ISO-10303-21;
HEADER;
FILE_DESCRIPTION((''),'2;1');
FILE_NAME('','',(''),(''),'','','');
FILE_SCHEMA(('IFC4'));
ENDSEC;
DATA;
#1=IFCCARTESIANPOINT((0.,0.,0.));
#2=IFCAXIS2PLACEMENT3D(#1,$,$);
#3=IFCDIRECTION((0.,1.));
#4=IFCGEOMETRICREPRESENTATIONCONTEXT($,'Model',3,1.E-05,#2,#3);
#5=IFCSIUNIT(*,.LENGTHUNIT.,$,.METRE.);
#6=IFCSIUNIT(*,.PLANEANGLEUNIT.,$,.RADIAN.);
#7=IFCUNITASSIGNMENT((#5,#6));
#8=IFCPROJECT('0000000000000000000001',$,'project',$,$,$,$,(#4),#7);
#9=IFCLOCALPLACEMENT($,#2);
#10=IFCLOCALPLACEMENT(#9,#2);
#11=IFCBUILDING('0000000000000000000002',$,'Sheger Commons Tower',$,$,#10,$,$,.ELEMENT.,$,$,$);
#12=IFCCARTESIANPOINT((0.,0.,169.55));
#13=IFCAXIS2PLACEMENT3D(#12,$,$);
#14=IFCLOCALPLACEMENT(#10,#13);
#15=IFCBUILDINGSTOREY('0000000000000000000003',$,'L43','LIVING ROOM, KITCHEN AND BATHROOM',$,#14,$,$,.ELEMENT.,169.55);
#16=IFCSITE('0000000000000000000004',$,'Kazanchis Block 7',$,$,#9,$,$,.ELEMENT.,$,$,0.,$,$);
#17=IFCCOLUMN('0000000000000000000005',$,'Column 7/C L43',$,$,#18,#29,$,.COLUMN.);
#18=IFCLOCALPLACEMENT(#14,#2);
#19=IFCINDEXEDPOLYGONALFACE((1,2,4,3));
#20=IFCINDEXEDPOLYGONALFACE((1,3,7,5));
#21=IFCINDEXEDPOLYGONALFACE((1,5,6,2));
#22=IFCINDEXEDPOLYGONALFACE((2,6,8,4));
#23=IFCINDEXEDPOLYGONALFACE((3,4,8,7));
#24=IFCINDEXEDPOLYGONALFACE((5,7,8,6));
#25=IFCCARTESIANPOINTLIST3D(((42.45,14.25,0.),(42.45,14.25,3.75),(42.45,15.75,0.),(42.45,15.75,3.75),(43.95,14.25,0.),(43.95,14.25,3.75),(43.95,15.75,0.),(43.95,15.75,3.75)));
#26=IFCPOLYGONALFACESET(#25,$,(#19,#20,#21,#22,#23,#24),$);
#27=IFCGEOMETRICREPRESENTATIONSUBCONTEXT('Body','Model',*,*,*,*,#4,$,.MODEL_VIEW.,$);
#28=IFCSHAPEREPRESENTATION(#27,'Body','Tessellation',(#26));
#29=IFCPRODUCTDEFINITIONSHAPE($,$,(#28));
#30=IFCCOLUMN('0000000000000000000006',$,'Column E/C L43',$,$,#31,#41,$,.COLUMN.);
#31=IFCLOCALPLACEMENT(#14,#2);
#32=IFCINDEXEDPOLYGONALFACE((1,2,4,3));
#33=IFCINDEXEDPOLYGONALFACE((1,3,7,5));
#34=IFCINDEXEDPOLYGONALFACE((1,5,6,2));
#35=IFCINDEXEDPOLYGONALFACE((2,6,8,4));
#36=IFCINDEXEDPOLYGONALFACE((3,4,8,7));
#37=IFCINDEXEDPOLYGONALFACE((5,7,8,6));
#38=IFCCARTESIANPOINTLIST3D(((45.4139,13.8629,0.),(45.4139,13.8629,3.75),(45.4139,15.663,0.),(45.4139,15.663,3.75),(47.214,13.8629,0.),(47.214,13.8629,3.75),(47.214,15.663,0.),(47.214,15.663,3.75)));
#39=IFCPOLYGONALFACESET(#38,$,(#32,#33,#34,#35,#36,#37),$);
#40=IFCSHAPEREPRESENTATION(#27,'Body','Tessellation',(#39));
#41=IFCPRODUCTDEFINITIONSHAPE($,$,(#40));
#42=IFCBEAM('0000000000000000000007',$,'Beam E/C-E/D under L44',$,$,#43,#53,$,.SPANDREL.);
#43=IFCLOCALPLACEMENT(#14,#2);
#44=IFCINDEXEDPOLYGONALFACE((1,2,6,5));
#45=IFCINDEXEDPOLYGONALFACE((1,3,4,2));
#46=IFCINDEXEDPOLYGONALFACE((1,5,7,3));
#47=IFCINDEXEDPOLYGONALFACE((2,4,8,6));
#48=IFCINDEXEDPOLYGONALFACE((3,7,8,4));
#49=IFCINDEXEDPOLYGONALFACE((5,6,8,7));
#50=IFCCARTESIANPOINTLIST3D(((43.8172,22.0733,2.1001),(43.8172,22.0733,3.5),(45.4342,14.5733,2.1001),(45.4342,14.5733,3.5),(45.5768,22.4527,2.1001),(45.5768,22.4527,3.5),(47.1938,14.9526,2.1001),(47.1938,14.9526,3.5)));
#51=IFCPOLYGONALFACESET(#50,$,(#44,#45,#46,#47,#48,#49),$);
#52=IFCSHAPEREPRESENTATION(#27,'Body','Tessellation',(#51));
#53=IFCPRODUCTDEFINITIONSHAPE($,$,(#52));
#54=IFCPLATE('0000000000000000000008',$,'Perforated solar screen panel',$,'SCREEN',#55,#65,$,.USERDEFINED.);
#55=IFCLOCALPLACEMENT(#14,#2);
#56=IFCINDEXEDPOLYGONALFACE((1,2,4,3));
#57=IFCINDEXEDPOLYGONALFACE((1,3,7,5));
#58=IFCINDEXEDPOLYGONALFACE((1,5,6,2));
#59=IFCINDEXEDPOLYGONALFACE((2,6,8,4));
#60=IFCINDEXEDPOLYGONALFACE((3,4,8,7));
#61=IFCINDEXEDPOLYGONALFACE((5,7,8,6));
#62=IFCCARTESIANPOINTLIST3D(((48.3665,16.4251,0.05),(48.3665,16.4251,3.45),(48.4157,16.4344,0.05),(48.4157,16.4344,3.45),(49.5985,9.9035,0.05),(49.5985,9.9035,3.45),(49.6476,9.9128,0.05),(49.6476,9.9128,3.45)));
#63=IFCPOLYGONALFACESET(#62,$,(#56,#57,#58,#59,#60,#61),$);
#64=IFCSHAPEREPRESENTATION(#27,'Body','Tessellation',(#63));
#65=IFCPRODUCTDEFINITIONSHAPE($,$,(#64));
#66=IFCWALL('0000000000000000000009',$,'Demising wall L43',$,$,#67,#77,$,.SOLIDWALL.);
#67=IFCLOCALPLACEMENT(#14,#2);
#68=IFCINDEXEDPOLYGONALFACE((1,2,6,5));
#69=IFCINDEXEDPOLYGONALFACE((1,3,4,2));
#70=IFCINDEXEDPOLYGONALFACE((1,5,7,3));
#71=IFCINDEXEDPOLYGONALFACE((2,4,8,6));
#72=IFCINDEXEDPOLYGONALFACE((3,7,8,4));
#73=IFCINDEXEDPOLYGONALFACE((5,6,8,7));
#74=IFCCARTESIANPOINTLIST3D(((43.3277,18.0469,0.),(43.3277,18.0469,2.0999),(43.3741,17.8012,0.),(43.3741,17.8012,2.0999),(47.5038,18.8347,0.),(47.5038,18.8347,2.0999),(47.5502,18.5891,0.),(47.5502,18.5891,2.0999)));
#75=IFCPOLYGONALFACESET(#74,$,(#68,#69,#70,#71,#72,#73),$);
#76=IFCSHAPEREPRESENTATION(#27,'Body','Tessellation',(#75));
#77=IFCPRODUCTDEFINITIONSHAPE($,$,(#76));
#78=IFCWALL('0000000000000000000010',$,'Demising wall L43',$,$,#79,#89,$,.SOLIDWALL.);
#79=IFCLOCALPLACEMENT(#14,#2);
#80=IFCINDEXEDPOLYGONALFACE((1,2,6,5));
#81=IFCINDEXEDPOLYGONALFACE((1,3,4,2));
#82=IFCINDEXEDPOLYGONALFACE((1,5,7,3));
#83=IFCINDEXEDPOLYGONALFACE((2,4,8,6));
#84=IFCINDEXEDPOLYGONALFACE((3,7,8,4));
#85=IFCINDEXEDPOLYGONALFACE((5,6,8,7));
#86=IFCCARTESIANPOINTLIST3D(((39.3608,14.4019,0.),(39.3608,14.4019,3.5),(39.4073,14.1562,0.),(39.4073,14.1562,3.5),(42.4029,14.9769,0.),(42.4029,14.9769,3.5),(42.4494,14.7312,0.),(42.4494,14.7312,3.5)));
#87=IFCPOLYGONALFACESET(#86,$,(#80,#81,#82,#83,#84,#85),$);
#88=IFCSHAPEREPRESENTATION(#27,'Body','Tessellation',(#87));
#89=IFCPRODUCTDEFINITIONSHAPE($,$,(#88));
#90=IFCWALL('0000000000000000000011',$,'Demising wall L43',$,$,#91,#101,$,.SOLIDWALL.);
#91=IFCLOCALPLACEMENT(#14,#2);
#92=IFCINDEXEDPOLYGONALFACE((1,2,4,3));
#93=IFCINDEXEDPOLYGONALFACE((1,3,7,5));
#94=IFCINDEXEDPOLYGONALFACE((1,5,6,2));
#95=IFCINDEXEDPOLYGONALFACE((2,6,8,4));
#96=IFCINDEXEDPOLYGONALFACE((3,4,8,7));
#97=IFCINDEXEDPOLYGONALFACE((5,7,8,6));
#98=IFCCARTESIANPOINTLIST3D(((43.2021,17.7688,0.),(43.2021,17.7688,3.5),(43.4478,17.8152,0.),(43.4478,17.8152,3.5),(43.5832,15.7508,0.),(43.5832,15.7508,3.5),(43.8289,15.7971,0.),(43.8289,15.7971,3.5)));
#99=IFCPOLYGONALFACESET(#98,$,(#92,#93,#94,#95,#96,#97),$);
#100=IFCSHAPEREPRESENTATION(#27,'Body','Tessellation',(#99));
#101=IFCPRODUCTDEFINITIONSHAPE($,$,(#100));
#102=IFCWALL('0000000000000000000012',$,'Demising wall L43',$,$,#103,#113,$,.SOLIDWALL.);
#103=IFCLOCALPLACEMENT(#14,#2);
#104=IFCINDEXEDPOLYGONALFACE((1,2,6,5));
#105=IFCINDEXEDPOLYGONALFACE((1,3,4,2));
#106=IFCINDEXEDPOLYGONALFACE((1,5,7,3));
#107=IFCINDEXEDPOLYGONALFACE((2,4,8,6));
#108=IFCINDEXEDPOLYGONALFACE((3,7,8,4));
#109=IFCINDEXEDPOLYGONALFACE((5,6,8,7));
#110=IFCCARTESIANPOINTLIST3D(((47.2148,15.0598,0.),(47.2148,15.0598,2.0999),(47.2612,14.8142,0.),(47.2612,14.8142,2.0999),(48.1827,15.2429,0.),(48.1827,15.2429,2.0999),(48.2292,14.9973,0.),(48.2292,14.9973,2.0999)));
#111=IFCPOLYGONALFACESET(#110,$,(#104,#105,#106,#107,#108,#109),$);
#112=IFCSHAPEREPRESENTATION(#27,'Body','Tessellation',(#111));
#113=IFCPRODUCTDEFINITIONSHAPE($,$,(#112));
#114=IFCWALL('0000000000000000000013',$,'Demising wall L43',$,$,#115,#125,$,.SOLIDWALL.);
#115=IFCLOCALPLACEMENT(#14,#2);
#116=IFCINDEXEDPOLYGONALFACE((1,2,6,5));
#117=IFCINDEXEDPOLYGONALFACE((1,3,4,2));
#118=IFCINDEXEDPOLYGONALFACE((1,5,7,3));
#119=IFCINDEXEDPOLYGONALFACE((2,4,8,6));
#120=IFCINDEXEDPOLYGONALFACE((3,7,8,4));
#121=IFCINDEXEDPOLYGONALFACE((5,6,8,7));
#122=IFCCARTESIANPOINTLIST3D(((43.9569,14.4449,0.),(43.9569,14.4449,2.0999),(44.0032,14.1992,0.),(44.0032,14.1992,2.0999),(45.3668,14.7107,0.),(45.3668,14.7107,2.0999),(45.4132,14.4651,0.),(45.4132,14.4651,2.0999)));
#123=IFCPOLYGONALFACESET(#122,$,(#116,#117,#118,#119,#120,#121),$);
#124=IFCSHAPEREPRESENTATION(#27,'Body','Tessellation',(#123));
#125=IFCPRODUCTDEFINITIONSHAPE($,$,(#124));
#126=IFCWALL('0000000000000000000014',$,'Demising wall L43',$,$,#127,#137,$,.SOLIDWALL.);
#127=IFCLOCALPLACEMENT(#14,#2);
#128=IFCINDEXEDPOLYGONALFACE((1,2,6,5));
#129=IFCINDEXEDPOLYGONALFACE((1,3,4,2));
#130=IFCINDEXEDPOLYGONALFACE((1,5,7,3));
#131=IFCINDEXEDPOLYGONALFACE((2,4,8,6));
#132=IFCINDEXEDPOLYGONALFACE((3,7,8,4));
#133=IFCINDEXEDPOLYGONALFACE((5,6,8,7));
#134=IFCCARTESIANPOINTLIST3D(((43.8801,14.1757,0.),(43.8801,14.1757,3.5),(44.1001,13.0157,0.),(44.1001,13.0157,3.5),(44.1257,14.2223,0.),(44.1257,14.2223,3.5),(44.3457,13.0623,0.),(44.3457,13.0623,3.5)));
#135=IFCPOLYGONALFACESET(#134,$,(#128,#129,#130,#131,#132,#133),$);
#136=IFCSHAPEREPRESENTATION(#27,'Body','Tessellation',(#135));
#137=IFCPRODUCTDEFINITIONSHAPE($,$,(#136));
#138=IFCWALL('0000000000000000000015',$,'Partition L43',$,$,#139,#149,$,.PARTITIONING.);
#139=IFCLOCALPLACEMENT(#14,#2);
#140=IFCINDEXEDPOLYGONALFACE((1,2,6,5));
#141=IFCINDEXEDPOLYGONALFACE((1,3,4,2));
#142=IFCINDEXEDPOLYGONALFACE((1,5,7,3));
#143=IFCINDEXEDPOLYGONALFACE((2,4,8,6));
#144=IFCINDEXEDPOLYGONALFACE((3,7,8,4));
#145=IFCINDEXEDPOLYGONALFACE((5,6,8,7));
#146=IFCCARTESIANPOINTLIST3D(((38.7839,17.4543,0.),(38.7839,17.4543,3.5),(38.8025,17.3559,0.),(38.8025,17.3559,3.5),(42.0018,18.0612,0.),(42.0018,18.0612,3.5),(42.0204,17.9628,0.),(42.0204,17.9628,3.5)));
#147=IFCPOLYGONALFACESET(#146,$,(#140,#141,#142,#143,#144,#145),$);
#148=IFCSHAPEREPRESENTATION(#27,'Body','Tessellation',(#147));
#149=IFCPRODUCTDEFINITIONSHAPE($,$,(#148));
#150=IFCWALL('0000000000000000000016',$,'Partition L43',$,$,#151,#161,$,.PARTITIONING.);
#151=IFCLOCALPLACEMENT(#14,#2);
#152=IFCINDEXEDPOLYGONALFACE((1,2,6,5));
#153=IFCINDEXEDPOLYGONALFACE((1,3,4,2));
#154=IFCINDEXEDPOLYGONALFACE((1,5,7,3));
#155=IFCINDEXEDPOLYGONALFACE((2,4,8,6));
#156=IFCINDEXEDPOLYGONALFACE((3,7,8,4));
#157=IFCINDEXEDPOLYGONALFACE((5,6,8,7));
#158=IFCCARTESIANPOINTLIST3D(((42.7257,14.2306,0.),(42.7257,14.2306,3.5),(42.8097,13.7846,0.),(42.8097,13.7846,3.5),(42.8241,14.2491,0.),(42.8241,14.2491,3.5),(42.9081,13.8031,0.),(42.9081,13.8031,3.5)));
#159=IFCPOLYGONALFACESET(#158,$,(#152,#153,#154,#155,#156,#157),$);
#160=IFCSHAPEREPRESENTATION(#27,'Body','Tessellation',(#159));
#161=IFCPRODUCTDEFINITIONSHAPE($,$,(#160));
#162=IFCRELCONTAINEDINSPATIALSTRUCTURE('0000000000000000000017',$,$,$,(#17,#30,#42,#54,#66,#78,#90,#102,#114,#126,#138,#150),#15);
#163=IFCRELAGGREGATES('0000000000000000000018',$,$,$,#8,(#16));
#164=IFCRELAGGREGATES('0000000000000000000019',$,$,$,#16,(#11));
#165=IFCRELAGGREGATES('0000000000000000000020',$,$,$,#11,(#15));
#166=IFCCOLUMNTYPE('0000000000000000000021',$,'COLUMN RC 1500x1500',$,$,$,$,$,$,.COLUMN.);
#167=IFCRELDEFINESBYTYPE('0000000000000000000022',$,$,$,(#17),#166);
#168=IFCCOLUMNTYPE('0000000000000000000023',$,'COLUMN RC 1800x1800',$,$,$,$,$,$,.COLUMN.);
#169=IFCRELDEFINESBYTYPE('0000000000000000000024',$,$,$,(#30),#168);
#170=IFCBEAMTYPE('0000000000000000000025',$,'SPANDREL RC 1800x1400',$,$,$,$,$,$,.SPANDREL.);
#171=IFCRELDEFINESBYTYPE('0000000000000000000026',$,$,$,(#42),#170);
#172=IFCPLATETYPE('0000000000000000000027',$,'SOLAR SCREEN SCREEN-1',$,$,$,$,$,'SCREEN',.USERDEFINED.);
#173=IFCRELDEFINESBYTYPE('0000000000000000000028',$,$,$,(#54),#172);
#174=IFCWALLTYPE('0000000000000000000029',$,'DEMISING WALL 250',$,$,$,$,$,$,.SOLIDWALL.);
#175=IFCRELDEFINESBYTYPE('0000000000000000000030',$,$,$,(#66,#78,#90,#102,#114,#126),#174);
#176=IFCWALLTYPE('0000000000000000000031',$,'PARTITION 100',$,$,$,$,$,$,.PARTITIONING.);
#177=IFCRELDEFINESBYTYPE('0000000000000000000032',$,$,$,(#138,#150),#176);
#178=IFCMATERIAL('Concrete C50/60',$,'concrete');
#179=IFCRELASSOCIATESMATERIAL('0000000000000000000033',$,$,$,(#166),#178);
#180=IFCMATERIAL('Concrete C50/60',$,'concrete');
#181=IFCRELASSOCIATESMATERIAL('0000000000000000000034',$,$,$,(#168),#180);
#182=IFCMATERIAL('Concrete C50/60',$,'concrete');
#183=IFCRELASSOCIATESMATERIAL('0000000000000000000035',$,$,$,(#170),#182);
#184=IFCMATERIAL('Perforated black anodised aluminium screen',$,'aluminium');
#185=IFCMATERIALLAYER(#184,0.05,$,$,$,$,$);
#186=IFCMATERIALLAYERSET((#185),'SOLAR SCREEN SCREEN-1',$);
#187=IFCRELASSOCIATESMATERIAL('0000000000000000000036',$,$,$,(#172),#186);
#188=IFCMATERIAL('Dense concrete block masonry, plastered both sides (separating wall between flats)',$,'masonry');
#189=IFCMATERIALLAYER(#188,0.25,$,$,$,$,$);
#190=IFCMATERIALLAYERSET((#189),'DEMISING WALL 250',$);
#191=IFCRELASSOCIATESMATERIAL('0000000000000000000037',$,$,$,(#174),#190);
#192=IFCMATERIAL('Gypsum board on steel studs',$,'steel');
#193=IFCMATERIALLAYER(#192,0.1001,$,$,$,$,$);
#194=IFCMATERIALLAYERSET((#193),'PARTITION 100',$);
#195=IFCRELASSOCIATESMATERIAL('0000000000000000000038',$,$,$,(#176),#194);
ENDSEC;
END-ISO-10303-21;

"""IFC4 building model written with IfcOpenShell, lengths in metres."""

from ifc_helpers import new_model, si_unit, direction, frame, frame_2d, origin, origin_2d, place, context, subcontext, project, spatial, rectangle, extrude, material, layer, layer_set, material_profile, profile_set, type_object, element, save


model = new_model("IFC4")

# Units and contexts
model_context = context("Model", 3, precision=1e-05, world=origin(), true_north=direction((0.0, 1.0)))
body_context = subcontext(model_context, "Body", "Model", "MODEL_VIEW")
ifc_project = project(units=[si_unit("LENGTHUNIT", "METRE"), si_unit("PLANEANGLEUNIT", "RADIAN")], contexts=[model_context])

# Site, building, storey
site_placement = place(None, origin())
site = spatial("IfcSite", under=ifc_project, at=site_placement, Name="Kazanchis Block 7", CompositionType="ELEMENT", RefElevation=0.0)
building_placement = place(site_placement, origin())
building = spatial("IfcBuilding", under=site, at=building_placement, Name="Sheger Commons Tower", CompositionType="ELEMENT")
storey_placement = place(building_placement, frame((0.0, 0.0, 169.55)))
storey = spatial("IfcBuildingStorey", under=building, at=storey_placement, Name="L43", Description="LIVING ROOM, KITCHEN AND BATHROOM", CompositionType="ELEMENT", Elevation=169.55)

# Columns
ifc_material_1 = material(Name="Concrete C50/60", Category="concrete")
ifc_material_profile_1 = material_profile(ifc_material_1, rectangle(XDim=1.5, YDim=1.5, at=origin_2d()), Name="RC 1500x1500")
ifc_profile_set_1 = profile_set([ifc_material_profile_1], Name="Concrete C50/60")
column_type_1 = type_object("IfcColumnType", Name="COLUMN RC 1500x1500", PredefinedType="COLUMN", material=ifc_profile_set_1)
column_1_placement = place(storey_placement, frame((43.2, 15.0, 0.0), z_axis=(0.0, 0.0, 1.0), x_axis=(1.0, 0.0, 0.0)))
element("IfcColumn", 1, at=column_1_placement, inside=storey, type_object=column_type_1, Name="Column 7/C L43", PredefinedType="COLUMN", context=body_context, shape_type="SweptSolid", body=[
    extrude(rectangle(XDim=1.5, YDim=1.5, at=origin_2d()), origin(), (0.0, 0.0, 1.0), 3.75),
])
ifc_material_2 = material(Name="Concrete C50/60", Category="concrete")
ifc_material_profile_2 = material_profile(ifc_material_2, rectangle(XDim=1.8, YDim=1.8, at=origin_2d()), Name="RC 1800x1800")
ifc_profile_set_2 = profile_set([ifc_material_profile_2], Name="Concrete C50/60")
column_type_2 = type_object("IfcColumnType", Name="COLUMN RC 1800x1800", PredefinedType="COLUMN", material=ifc_profile_set_2)
column_2_placement = place(storey_placement, frame((46.314, 14.7629, 0.0), z_axis=(0.0, 0.0, 1.0), x_axis=(1.0, 0.0, 0.0)))
element("IfcColumn", 2, at=column_2_placement, inside=storey, type_object=column_type_2, Name="Column E/C L43", PredefinedType="COLUMN", context=body_context, shape_type="SweptSolid", body=[
    extrude(rectangle(XDim=1.8, YDim=1.8, at=origin_2d()), origin(), (0.0, 0.0, 1.0), 3.75),
])

# Beam
ifc_material_3 = material(Name="Concrete C50/60", Category="concrete")
ifc_material_profile_3 = material_profile(ifc_material_3, rectangle(XDim=1.8, YDim=1.3999, at=origin_2d()), Name="RC 1800x1400")
ifc_profile_set_3 = profile_set([ifc_material_profile_3], Name="Concrete C50/60")
beam_type = type_object("IfcBeamType", Name="SPANDREL RC 1800x1400", PredefinedType="SPANDREL", material=ifc_profile_set_3)
beam_placement = place(storey_placement, frame((46.314, 14.7629, 2.8), z_axis=(-0.21075, 0.97754, 0.0), x_axis=(-0.97754, -0.21075, 0.0)))
element("IfcBeam", 3, at=beam_placement, inside=storey, type_object=beam_type, Name="Beam E/C-E/D under L44", PredefinedType="SPANDREL", context=body_context, shape_type="SweptSolid", body=[
    extrude(rectangle(XDim=1.8, YDim=1.3999, at=origin_2d()), origin(), (0.0, 0.0, 1.0), 7.6724),
])

# Plate
ifc_material_4 = material(Name="Perforated black anodised aluminium screen", Category="aluminium")
ifc_layer_1 = layer(ifc_material_4, 0.05)
ifc_layer_set_1 = layer_set([ifc_layer_1], Name="SOLAR SCREEN SCREEN-1")
plate_type = type_object("IfcPlateType", Name="SOLAR SCREEN SCREEN-1", ElementType="SCREEN", PredefinedType="USERDEFINED", material=ifc_layer_set_1)
plate_placement = place(storey_placement, frame((49.0071, 13.1689, 0.05), z_axis=(0.0, 0.0, 1.0), x_axis=(-0.185615, 0.982623, 0.0)))
element("IfcPlate", 4, at=plate_placement, inside=storey, type_object=plate_type, Name="Perforated solar screen panel", ObjectType="SCREEN", PredefinedType="USERDEFINED", context=body_context, shape_type="SweptSolid", body=[
    extrude(rectangle(XDim=6.637, YDim=0.05, at=origin_2d()), origin(), (0.0, 0.0, 1.0), 3.3999),
])

# Walls
ifc_material_5 = material(Name="Dense concrete block masonry, plastered both sides (separating wall between flats)", Category="masonry")
ifc_layer_2 = layer(ifc_material_5, 0.25)
ifc_layer_set_2 = layer_set([ifc_layer_2], Name="DEMISING WALL 250")
wall_type_1 = type_object("IfcWallType", Name="DEMISING WALL 250", PredefinedType="SOLIDWALL", material=ifc_layer_set_2)
wall_1_placement = place(storey_placement, frame((47.5271, 18.7119, 0.0), z_axis=(0.0, 0.0, 1.0), x_axis=(-0.982665, -0.185388, 0.0)))
element("IfcWall", 5, at=wall_1_placement, inside=storey, type_object=wall_type_1, Name="Demising wall L43", PredefinedType="SOLIDWALL", context=body_context, shape_type="SweptSolid", body=[
    extrude(rectangle(XDim=4.2498, YDim=0.25, at=frame_2d((2.125, 0.0))), origin(), (0.0, 0.0, 1.0), 2.0999),
])
wall_2_placement = place(storey_placement, frame((42.426, 14.854, 0.0), z_axis=(0.0, 0.0, 1.0), x_axis=(-0.982603, -0.185717, 0.0)))
element("IfcWall", 6, at=wall_2_placement, inside=storey, type_object=wall_type_1, Name="Demising wall L43", PredefinedType="SOLIDWALL", context=body_context, shape_type="SweptSolid", body=[
    extrude(rectangle(XDim=3.0959, YDim=0.25, at=frame_2d((1.5479, 0.0))), origin(), (0.0, 0.0, 1.0), 3.5),
])
wall_3_placement = place(storey_placement, frame((43.325, 17.792, 0.0), z_axis=(0.0, 0.0, 1.0), x_axis=(0.185566, -0.982632, 0.0)))
element("IfcWall", 7, at=wall_3_placement, inside=storey, type_object=wall_type_1, Name="Demising wall L43", PredefinedType="SOLIDWALL", context=body_context, shape_type="SweptSolid", body=[
    extrude(rectangle(XDim=2.0537, YDim=0.25, at=frame_2d((1.0269, 0.0))), origin(), (0.0, 0.0, 1.0), 3.5),
])
wall_4_placement = place(storey_placement, frame((48.2061, 15.1201, 0.0), z_axis=(0.0, 0.0, 1.0), x_axis=(-0.982576, -0.185859, 0.0)))
element("IfcWall", 8, at=wall_4_placement, inside=storey, type_object=wall_type_1, Name="Demising wall L43", PredefinedType="SOLIDWALL", context=body_context, shape_type="SweptSolid", body=[
    extrude(rectangle(XDim=0.9851, YDim=0.25, at=frame_2d((0.4927, 0.0))), origin(), (0.0, 0.0, 1.0), 2.0999),
])
wall_5_placement = place(storey_placement, frame((45.3899, 14.5879, 0.0), z_axis=(0.0, 0.0, 1.0), x_axis=(-0.982681, -0.185306, 0.0)))
element("IfcWall", 9, at=wall_5_placement, inside=storey, type_object=wall_type_1, Name="Demising wall L43", PredefinedType="SOLIDWALL", context=body_context, shape_type="SweptSolid", body=[
    extrude(rectangle(XDim=1.4348, YDim=0.25, at=frame_2d((0.7173, 0.0))), origin(), (0.0, 0.0, 1.0), 2.0999),
])
wall_6_placement = place(storey_placement, frame((44.0029, 14.199, 0.0), z_axis=(0.0, 0.0, 1.0), x_axis=(0.186323, -0.982488, 0.0)))
element("IfcWall", 10, at=wall_6_placement, inside=storey, type_object=wall_type_1, Name="Demising wall L43", PredefinedType="SOLIDWALL", context=body_context, shape_type="SweptSolid", body=[
    extrude(rectangle(XDim=1.1807, YDim=0.25, at=frame_2d((0.5903, 0.0))), origin(), (0.0, 0.0, 1.0), 3.5),
])
ifc_material_6 = material(Name="Gypsum board on steel studs", Category="steel")
ifc_layer_3 = layer(ifc_material_6, 0.1001)
ifc_layer_set_3 = layer_set([ifc_layer_3], Name="PARTITION 100")
wall_type_2 = type_object("IfcWallType", Name="PARTITION 100", PredefinedType="PARTITIONING", material=ifc_layer_set_3)
wall_7_placement = place(storey_placement, frame((42.011, 18.012, 0.0), z_axis=(0.0, 0.0, 1.0), x_axis=(-0.982675, -0.185337, 0.0)))
element("IfcWall", 11, at=wall_7_placement, inside=storey, type_object=wall_type_2, Name="Partition L43", PredefinedType="PARTITIONING", context=body_context, shape_type="SweptSolid", body=[
    extrude(rectangle(XDim=3.2747, YDim=0.1001, at=frame_2d((1.6372, 0.0))), origin(), (0.0, 0.0, 1.0), 3.5),
])
wall_8_placement = place(storey_placement, frame((42.7749, 14.24, 0.0), z_axis=(0.0, 0.0, 1.0), x_axis=(0.185035, -0.982732, 0.0)))
element("IfcWall", 12, at=wall_8_placement, inside=storey, type_object=wall_type_2, Name="Partition L43", PredefinedType="PARTITIONING", context=body_context, shape_type="SweptSolid", body=[
    extrude(rectangle(XDim=0.4539, YDim=0.1001, at=frame_2d((0.2271, 0.0))), origin(), (0.0, 0.0, 1.0), 3.5),
])

save(model, "model.ifc")
